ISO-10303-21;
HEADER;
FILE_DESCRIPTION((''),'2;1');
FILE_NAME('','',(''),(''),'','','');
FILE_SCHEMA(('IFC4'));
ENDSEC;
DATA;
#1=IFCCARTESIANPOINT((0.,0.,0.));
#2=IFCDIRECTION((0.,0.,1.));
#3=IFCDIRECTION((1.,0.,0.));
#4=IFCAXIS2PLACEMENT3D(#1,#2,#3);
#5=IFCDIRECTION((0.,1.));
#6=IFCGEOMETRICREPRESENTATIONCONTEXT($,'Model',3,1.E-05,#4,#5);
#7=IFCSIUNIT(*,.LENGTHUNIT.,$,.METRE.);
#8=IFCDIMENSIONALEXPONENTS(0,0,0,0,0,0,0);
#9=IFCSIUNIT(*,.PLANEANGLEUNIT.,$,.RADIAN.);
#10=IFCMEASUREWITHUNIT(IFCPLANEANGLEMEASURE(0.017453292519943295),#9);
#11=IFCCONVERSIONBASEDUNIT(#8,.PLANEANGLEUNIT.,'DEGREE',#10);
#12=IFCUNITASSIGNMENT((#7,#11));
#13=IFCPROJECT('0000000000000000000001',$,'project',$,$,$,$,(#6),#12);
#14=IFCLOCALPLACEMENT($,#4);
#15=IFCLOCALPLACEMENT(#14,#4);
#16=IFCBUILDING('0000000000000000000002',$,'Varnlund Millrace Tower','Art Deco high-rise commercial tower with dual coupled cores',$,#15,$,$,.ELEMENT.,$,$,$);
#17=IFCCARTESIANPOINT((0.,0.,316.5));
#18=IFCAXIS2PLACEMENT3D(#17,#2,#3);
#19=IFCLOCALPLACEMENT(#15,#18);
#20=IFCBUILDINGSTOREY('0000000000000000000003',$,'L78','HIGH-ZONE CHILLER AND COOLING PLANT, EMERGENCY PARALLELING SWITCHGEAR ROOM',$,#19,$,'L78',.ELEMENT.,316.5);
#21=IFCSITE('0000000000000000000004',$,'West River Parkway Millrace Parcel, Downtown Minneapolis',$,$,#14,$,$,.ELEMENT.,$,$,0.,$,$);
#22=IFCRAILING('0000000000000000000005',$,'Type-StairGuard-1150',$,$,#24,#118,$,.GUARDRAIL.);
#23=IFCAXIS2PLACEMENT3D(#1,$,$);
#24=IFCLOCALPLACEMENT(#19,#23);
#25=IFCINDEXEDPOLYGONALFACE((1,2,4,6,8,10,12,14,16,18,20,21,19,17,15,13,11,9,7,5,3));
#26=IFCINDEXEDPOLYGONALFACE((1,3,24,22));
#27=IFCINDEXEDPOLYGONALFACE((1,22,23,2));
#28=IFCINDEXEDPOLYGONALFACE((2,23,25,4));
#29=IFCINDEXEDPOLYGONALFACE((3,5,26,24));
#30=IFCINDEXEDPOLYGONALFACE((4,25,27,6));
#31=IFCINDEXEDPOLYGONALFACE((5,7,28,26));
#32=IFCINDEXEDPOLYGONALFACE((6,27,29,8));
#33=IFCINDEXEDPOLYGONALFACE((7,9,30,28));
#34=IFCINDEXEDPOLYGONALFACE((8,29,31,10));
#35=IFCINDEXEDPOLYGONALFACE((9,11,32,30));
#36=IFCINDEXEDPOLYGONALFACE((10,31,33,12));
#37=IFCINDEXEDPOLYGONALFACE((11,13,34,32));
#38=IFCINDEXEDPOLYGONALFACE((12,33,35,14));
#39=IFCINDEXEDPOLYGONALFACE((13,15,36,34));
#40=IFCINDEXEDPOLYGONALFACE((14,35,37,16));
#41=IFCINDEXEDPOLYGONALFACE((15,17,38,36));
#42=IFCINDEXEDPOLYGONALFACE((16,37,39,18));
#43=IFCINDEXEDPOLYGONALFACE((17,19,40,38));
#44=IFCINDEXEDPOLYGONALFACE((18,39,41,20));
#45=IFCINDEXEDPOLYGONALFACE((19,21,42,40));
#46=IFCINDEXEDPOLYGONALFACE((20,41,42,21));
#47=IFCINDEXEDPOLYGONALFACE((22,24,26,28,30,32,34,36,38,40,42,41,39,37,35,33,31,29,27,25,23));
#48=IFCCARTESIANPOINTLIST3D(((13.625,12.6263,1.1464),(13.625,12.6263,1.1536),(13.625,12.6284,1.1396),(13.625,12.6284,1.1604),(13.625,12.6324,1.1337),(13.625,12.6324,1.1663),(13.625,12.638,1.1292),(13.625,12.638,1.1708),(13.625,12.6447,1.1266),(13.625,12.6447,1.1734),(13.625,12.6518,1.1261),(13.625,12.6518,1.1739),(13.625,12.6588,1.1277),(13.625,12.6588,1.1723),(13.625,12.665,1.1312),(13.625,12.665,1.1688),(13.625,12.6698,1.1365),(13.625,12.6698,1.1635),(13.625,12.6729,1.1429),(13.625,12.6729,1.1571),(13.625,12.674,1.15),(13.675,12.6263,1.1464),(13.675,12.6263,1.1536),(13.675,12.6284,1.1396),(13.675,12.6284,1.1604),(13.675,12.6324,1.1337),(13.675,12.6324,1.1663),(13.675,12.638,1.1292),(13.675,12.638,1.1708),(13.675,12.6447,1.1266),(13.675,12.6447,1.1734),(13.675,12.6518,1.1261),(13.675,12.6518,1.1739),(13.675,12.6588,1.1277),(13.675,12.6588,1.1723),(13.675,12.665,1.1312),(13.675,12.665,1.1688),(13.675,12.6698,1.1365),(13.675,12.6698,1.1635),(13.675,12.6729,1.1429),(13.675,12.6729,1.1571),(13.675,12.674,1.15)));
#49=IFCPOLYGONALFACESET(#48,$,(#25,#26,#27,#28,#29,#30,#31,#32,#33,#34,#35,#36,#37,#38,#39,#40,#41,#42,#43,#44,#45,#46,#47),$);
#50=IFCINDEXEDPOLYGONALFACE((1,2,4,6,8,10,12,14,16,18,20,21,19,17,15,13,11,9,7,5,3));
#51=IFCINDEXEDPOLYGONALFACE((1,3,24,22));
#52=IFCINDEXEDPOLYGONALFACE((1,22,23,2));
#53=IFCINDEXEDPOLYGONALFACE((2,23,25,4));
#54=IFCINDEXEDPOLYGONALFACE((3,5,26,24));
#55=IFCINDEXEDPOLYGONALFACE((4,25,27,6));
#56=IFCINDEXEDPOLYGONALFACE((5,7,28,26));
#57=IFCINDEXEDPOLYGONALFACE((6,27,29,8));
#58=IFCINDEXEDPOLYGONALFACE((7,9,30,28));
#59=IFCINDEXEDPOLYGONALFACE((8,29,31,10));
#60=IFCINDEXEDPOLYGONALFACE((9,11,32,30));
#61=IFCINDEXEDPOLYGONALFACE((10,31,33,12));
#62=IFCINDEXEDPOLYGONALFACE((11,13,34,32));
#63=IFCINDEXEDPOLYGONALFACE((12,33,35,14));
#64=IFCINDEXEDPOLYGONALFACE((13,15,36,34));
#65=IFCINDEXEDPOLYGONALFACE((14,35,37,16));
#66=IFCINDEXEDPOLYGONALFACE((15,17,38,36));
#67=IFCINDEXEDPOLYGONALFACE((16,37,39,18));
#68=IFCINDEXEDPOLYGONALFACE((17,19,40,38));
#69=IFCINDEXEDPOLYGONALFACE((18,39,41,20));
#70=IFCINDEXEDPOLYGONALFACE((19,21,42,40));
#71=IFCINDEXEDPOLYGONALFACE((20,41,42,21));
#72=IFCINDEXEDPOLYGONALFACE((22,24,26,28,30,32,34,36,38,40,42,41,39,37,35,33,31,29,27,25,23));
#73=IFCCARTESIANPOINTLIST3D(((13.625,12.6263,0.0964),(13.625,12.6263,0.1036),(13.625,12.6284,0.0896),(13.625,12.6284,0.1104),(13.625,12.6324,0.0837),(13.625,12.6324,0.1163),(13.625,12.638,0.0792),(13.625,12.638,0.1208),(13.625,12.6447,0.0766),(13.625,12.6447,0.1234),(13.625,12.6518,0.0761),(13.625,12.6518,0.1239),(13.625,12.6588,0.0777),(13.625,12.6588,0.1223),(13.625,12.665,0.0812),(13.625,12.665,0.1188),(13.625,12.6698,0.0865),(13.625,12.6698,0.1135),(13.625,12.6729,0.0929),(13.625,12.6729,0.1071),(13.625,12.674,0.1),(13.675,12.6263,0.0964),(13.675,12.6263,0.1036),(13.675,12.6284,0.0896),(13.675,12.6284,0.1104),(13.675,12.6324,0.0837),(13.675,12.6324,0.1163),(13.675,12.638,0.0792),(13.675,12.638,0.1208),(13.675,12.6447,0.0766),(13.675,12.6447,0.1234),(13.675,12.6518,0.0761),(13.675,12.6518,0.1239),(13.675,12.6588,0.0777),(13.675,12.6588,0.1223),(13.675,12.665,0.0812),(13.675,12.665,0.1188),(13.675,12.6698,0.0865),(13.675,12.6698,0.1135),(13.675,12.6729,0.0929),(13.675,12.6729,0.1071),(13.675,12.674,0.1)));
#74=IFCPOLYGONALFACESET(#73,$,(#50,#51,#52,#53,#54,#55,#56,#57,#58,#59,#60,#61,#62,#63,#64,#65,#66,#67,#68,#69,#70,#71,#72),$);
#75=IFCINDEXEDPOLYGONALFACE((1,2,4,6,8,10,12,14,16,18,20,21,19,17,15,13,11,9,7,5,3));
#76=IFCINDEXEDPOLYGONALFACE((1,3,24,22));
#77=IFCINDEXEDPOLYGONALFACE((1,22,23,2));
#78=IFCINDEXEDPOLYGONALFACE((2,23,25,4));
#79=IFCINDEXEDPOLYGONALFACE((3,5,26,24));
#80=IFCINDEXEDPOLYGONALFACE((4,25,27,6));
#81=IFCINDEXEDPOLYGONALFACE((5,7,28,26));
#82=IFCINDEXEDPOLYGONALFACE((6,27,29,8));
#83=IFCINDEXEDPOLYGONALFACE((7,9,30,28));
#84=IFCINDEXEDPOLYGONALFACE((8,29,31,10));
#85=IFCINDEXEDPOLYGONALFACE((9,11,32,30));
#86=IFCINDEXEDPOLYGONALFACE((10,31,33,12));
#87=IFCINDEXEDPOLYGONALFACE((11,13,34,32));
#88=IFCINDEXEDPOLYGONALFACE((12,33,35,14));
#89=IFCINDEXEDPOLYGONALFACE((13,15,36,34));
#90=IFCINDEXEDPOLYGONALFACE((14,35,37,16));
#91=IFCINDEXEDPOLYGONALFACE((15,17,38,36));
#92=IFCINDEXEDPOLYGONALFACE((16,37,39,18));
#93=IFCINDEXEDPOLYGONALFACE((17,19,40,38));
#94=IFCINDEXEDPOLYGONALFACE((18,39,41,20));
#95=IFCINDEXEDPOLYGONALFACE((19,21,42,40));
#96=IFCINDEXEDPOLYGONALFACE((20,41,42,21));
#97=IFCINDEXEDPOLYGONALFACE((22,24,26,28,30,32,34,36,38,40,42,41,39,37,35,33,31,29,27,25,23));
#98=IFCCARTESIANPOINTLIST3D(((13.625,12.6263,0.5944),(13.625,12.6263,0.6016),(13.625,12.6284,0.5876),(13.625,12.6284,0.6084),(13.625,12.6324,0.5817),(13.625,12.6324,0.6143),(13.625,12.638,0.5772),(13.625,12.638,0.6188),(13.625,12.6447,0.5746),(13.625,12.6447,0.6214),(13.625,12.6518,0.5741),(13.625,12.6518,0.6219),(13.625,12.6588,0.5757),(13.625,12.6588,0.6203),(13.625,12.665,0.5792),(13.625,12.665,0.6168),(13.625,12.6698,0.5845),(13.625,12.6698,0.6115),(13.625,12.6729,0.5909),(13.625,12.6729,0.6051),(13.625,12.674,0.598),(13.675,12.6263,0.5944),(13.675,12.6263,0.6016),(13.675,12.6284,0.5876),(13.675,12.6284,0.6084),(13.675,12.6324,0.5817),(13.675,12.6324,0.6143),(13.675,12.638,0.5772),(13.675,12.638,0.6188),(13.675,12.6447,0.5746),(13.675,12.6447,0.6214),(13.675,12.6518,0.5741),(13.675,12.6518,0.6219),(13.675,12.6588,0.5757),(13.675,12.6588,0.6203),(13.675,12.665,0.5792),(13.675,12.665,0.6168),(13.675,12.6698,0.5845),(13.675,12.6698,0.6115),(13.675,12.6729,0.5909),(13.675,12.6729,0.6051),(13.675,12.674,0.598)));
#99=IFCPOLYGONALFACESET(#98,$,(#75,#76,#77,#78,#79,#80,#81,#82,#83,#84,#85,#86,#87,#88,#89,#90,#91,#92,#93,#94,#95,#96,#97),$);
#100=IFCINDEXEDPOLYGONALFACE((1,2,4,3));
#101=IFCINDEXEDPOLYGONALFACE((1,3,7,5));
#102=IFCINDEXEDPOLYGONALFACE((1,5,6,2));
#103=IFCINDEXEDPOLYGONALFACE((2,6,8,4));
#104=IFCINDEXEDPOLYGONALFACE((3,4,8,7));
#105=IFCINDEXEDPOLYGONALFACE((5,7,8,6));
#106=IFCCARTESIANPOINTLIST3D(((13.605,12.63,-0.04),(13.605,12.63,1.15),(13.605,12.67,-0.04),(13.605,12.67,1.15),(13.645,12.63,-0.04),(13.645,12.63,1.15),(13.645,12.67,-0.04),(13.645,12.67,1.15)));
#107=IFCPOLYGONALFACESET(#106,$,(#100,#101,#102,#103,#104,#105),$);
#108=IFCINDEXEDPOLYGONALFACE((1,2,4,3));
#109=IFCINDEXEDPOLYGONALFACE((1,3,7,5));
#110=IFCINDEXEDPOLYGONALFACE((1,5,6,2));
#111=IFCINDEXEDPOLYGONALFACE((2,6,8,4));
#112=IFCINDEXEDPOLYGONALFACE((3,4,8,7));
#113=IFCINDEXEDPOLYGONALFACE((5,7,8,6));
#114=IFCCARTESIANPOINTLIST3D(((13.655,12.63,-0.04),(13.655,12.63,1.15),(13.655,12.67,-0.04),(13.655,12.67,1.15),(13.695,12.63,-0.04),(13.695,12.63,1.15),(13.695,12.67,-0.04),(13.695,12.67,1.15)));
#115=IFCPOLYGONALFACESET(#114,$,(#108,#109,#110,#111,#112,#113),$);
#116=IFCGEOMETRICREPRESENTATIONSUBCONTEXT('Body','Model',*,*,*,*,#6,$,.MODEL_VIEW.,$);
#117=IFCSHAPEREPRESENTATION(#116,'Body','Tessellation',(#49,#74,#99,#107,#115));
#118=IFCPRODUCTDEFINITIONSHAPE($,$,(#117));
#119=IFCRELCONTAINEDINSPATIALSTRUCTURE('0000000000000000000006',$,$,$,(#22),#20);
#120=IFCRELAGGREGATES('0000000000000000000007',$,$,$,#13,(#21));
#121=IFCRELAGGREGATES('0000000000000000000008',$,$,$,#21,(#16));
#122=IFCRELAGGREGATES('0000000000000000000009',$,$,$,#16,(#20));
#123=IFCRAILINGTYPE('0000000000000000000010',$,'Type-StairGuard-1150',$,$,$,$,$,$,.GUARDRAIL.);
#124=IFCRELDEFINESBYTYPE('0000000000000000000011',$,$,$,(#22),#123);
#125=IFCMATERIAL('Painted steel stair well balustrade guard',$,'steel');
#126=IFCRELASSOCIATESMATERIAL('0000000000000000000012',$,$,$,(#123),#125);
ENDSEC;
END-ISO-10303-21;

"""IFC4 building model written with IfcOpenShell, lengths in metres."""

from ifc_helpers import new_model, entity, si_unit, converted_unit, direction, frame, origin_with_axes, origin_2d_with_axis, place, context, subcontext, project, spatial, rectangle, circle, extrude, material, type_object, element, save


model = new_model("IFC4")

# Units and contexts
model_context = context("Model", 3, precision=1e-05, world=origin_with_axes(), true_north=direction((0.0, 1.0)))
body_context = subcontext(model_context, "Body", "Model", "MODEL_VIEW")
ifc_project = project(units=[si_unit("LENGTHUNIT", "METRE"), converted_unit("PLANEANGLEUNIT", "DEGREE", entity("IfcPlaneAngleMeasure", 0.017453292519943295), si_unit("PLANEANGLEUNIT", "RADIAN"), dimensions=[0, 0, 0, 0, 0, 0, 0])], contexts=[model_context])

# Site, building, storey
site_placement = place(None, origin_with_axes())
site = spatial("IfcSite", under=ifc_project, at=site_placement, Name="West River Parkway Millrace Parcel, Downtown Minneapolis", CompositionType="ELEMENT", RefElevation=0.0)
building_placement = place(site_placement, origin_with_axes())
building = spatial("IfcBuilding", under=site, at=building_placement, Name="Varnlund Millrace Tower", Description="Art Deco high-rise commercial tower with dual coupled cores", CompositionType="ELEMENT")
storey_placement = place(building_placement, frame((0.0, 0.0, 316.5), z_axis=(0.0, 0.0, 1.0), x_axis=(1.0, 0.0, 0.0)))
storey = spatial("IfcBuildingStorey", under=building, at=storey_placement, Name="L78", Description="HIGH-ZONE CHILLER AND COOLING PLANT, EMERGENCY PARALLELING SWITCHGEAR ROOM", LongName="L78", CompositionType="ELEMENT", Elevation=316.5)

# Railing
ifc_material_1 = material(Name="Painted steel stair well balustrade guard", Category="steel")
railing_type_1 = type_object("IfcRailingType", Name="Type-StairGuard-1150", PredefinedType="GUARDRAIL", material=ifc_material_1)
railing_1_placement = place(storey_placement, frame((0.0, 0.0, -316.5), z_axis=(0.0, 0.0, 1.0), x_axis=(1.0, 0.0, 0.0)))
element("IfcRailing", 1, at=railing_1_placement, inside=storey, type_object=railing_type_1, Name="Type-StairGuard-1150", PredefinedType="GUARDRAIL", context=body_context, shape_type="SweptSolid", body=[
    extrude(circle(Radius=0.024, at=origin_2d_with_axis()), frame((13.625, 12.65, 317.65), z_axis=(1.0, 0.0, 0.0), x_axis=(0.0, 1.0, 0.0)), (0.0, 0.0, 1.0), 0.05),
    extrude(circle(Radius=0.024, at=origin_2d_with_axis()), frame((13.625, 12.65, 316.6), z_axis=(1.0, 0.0, 0.0), x_axis=(0.0, 1.0, 0.0)), (0.0, 0.0, 1.0), 0.05),
    extrude(circle(Radius=0.024, at=origin_2d_with_axis()), frame((13.625, 12.65, 317.098), z_axis=(1.0, 0.0, 0.0), x_axis=(0.0, 1.0, 0.0)), (0.0, 0.0, 1.0), 0.05),
    extrude(rectangle(XDim=0.04, YDim=0.04, at=origin_2d_with_axis()), frame((13.625, 12.65, 316.46), z_axis=(0.0, 0.0, 1.0), x_axis=(1.0, 0.0, 0.0)), (0.0, 0.0, 1.0), 1.19),
    extrude(rectangle(XDim=0.04, YDim=0.04, at=origin_2d_with_axis()), frame((13.675, 12.65, 316.46), z_axis=(0.0, 0.0, 1.0), x_axis=(1.0, 0.0, 0.0)), (0.0, 0.0, 1.0), 1.19),
])

save(model, "model.ifc")
